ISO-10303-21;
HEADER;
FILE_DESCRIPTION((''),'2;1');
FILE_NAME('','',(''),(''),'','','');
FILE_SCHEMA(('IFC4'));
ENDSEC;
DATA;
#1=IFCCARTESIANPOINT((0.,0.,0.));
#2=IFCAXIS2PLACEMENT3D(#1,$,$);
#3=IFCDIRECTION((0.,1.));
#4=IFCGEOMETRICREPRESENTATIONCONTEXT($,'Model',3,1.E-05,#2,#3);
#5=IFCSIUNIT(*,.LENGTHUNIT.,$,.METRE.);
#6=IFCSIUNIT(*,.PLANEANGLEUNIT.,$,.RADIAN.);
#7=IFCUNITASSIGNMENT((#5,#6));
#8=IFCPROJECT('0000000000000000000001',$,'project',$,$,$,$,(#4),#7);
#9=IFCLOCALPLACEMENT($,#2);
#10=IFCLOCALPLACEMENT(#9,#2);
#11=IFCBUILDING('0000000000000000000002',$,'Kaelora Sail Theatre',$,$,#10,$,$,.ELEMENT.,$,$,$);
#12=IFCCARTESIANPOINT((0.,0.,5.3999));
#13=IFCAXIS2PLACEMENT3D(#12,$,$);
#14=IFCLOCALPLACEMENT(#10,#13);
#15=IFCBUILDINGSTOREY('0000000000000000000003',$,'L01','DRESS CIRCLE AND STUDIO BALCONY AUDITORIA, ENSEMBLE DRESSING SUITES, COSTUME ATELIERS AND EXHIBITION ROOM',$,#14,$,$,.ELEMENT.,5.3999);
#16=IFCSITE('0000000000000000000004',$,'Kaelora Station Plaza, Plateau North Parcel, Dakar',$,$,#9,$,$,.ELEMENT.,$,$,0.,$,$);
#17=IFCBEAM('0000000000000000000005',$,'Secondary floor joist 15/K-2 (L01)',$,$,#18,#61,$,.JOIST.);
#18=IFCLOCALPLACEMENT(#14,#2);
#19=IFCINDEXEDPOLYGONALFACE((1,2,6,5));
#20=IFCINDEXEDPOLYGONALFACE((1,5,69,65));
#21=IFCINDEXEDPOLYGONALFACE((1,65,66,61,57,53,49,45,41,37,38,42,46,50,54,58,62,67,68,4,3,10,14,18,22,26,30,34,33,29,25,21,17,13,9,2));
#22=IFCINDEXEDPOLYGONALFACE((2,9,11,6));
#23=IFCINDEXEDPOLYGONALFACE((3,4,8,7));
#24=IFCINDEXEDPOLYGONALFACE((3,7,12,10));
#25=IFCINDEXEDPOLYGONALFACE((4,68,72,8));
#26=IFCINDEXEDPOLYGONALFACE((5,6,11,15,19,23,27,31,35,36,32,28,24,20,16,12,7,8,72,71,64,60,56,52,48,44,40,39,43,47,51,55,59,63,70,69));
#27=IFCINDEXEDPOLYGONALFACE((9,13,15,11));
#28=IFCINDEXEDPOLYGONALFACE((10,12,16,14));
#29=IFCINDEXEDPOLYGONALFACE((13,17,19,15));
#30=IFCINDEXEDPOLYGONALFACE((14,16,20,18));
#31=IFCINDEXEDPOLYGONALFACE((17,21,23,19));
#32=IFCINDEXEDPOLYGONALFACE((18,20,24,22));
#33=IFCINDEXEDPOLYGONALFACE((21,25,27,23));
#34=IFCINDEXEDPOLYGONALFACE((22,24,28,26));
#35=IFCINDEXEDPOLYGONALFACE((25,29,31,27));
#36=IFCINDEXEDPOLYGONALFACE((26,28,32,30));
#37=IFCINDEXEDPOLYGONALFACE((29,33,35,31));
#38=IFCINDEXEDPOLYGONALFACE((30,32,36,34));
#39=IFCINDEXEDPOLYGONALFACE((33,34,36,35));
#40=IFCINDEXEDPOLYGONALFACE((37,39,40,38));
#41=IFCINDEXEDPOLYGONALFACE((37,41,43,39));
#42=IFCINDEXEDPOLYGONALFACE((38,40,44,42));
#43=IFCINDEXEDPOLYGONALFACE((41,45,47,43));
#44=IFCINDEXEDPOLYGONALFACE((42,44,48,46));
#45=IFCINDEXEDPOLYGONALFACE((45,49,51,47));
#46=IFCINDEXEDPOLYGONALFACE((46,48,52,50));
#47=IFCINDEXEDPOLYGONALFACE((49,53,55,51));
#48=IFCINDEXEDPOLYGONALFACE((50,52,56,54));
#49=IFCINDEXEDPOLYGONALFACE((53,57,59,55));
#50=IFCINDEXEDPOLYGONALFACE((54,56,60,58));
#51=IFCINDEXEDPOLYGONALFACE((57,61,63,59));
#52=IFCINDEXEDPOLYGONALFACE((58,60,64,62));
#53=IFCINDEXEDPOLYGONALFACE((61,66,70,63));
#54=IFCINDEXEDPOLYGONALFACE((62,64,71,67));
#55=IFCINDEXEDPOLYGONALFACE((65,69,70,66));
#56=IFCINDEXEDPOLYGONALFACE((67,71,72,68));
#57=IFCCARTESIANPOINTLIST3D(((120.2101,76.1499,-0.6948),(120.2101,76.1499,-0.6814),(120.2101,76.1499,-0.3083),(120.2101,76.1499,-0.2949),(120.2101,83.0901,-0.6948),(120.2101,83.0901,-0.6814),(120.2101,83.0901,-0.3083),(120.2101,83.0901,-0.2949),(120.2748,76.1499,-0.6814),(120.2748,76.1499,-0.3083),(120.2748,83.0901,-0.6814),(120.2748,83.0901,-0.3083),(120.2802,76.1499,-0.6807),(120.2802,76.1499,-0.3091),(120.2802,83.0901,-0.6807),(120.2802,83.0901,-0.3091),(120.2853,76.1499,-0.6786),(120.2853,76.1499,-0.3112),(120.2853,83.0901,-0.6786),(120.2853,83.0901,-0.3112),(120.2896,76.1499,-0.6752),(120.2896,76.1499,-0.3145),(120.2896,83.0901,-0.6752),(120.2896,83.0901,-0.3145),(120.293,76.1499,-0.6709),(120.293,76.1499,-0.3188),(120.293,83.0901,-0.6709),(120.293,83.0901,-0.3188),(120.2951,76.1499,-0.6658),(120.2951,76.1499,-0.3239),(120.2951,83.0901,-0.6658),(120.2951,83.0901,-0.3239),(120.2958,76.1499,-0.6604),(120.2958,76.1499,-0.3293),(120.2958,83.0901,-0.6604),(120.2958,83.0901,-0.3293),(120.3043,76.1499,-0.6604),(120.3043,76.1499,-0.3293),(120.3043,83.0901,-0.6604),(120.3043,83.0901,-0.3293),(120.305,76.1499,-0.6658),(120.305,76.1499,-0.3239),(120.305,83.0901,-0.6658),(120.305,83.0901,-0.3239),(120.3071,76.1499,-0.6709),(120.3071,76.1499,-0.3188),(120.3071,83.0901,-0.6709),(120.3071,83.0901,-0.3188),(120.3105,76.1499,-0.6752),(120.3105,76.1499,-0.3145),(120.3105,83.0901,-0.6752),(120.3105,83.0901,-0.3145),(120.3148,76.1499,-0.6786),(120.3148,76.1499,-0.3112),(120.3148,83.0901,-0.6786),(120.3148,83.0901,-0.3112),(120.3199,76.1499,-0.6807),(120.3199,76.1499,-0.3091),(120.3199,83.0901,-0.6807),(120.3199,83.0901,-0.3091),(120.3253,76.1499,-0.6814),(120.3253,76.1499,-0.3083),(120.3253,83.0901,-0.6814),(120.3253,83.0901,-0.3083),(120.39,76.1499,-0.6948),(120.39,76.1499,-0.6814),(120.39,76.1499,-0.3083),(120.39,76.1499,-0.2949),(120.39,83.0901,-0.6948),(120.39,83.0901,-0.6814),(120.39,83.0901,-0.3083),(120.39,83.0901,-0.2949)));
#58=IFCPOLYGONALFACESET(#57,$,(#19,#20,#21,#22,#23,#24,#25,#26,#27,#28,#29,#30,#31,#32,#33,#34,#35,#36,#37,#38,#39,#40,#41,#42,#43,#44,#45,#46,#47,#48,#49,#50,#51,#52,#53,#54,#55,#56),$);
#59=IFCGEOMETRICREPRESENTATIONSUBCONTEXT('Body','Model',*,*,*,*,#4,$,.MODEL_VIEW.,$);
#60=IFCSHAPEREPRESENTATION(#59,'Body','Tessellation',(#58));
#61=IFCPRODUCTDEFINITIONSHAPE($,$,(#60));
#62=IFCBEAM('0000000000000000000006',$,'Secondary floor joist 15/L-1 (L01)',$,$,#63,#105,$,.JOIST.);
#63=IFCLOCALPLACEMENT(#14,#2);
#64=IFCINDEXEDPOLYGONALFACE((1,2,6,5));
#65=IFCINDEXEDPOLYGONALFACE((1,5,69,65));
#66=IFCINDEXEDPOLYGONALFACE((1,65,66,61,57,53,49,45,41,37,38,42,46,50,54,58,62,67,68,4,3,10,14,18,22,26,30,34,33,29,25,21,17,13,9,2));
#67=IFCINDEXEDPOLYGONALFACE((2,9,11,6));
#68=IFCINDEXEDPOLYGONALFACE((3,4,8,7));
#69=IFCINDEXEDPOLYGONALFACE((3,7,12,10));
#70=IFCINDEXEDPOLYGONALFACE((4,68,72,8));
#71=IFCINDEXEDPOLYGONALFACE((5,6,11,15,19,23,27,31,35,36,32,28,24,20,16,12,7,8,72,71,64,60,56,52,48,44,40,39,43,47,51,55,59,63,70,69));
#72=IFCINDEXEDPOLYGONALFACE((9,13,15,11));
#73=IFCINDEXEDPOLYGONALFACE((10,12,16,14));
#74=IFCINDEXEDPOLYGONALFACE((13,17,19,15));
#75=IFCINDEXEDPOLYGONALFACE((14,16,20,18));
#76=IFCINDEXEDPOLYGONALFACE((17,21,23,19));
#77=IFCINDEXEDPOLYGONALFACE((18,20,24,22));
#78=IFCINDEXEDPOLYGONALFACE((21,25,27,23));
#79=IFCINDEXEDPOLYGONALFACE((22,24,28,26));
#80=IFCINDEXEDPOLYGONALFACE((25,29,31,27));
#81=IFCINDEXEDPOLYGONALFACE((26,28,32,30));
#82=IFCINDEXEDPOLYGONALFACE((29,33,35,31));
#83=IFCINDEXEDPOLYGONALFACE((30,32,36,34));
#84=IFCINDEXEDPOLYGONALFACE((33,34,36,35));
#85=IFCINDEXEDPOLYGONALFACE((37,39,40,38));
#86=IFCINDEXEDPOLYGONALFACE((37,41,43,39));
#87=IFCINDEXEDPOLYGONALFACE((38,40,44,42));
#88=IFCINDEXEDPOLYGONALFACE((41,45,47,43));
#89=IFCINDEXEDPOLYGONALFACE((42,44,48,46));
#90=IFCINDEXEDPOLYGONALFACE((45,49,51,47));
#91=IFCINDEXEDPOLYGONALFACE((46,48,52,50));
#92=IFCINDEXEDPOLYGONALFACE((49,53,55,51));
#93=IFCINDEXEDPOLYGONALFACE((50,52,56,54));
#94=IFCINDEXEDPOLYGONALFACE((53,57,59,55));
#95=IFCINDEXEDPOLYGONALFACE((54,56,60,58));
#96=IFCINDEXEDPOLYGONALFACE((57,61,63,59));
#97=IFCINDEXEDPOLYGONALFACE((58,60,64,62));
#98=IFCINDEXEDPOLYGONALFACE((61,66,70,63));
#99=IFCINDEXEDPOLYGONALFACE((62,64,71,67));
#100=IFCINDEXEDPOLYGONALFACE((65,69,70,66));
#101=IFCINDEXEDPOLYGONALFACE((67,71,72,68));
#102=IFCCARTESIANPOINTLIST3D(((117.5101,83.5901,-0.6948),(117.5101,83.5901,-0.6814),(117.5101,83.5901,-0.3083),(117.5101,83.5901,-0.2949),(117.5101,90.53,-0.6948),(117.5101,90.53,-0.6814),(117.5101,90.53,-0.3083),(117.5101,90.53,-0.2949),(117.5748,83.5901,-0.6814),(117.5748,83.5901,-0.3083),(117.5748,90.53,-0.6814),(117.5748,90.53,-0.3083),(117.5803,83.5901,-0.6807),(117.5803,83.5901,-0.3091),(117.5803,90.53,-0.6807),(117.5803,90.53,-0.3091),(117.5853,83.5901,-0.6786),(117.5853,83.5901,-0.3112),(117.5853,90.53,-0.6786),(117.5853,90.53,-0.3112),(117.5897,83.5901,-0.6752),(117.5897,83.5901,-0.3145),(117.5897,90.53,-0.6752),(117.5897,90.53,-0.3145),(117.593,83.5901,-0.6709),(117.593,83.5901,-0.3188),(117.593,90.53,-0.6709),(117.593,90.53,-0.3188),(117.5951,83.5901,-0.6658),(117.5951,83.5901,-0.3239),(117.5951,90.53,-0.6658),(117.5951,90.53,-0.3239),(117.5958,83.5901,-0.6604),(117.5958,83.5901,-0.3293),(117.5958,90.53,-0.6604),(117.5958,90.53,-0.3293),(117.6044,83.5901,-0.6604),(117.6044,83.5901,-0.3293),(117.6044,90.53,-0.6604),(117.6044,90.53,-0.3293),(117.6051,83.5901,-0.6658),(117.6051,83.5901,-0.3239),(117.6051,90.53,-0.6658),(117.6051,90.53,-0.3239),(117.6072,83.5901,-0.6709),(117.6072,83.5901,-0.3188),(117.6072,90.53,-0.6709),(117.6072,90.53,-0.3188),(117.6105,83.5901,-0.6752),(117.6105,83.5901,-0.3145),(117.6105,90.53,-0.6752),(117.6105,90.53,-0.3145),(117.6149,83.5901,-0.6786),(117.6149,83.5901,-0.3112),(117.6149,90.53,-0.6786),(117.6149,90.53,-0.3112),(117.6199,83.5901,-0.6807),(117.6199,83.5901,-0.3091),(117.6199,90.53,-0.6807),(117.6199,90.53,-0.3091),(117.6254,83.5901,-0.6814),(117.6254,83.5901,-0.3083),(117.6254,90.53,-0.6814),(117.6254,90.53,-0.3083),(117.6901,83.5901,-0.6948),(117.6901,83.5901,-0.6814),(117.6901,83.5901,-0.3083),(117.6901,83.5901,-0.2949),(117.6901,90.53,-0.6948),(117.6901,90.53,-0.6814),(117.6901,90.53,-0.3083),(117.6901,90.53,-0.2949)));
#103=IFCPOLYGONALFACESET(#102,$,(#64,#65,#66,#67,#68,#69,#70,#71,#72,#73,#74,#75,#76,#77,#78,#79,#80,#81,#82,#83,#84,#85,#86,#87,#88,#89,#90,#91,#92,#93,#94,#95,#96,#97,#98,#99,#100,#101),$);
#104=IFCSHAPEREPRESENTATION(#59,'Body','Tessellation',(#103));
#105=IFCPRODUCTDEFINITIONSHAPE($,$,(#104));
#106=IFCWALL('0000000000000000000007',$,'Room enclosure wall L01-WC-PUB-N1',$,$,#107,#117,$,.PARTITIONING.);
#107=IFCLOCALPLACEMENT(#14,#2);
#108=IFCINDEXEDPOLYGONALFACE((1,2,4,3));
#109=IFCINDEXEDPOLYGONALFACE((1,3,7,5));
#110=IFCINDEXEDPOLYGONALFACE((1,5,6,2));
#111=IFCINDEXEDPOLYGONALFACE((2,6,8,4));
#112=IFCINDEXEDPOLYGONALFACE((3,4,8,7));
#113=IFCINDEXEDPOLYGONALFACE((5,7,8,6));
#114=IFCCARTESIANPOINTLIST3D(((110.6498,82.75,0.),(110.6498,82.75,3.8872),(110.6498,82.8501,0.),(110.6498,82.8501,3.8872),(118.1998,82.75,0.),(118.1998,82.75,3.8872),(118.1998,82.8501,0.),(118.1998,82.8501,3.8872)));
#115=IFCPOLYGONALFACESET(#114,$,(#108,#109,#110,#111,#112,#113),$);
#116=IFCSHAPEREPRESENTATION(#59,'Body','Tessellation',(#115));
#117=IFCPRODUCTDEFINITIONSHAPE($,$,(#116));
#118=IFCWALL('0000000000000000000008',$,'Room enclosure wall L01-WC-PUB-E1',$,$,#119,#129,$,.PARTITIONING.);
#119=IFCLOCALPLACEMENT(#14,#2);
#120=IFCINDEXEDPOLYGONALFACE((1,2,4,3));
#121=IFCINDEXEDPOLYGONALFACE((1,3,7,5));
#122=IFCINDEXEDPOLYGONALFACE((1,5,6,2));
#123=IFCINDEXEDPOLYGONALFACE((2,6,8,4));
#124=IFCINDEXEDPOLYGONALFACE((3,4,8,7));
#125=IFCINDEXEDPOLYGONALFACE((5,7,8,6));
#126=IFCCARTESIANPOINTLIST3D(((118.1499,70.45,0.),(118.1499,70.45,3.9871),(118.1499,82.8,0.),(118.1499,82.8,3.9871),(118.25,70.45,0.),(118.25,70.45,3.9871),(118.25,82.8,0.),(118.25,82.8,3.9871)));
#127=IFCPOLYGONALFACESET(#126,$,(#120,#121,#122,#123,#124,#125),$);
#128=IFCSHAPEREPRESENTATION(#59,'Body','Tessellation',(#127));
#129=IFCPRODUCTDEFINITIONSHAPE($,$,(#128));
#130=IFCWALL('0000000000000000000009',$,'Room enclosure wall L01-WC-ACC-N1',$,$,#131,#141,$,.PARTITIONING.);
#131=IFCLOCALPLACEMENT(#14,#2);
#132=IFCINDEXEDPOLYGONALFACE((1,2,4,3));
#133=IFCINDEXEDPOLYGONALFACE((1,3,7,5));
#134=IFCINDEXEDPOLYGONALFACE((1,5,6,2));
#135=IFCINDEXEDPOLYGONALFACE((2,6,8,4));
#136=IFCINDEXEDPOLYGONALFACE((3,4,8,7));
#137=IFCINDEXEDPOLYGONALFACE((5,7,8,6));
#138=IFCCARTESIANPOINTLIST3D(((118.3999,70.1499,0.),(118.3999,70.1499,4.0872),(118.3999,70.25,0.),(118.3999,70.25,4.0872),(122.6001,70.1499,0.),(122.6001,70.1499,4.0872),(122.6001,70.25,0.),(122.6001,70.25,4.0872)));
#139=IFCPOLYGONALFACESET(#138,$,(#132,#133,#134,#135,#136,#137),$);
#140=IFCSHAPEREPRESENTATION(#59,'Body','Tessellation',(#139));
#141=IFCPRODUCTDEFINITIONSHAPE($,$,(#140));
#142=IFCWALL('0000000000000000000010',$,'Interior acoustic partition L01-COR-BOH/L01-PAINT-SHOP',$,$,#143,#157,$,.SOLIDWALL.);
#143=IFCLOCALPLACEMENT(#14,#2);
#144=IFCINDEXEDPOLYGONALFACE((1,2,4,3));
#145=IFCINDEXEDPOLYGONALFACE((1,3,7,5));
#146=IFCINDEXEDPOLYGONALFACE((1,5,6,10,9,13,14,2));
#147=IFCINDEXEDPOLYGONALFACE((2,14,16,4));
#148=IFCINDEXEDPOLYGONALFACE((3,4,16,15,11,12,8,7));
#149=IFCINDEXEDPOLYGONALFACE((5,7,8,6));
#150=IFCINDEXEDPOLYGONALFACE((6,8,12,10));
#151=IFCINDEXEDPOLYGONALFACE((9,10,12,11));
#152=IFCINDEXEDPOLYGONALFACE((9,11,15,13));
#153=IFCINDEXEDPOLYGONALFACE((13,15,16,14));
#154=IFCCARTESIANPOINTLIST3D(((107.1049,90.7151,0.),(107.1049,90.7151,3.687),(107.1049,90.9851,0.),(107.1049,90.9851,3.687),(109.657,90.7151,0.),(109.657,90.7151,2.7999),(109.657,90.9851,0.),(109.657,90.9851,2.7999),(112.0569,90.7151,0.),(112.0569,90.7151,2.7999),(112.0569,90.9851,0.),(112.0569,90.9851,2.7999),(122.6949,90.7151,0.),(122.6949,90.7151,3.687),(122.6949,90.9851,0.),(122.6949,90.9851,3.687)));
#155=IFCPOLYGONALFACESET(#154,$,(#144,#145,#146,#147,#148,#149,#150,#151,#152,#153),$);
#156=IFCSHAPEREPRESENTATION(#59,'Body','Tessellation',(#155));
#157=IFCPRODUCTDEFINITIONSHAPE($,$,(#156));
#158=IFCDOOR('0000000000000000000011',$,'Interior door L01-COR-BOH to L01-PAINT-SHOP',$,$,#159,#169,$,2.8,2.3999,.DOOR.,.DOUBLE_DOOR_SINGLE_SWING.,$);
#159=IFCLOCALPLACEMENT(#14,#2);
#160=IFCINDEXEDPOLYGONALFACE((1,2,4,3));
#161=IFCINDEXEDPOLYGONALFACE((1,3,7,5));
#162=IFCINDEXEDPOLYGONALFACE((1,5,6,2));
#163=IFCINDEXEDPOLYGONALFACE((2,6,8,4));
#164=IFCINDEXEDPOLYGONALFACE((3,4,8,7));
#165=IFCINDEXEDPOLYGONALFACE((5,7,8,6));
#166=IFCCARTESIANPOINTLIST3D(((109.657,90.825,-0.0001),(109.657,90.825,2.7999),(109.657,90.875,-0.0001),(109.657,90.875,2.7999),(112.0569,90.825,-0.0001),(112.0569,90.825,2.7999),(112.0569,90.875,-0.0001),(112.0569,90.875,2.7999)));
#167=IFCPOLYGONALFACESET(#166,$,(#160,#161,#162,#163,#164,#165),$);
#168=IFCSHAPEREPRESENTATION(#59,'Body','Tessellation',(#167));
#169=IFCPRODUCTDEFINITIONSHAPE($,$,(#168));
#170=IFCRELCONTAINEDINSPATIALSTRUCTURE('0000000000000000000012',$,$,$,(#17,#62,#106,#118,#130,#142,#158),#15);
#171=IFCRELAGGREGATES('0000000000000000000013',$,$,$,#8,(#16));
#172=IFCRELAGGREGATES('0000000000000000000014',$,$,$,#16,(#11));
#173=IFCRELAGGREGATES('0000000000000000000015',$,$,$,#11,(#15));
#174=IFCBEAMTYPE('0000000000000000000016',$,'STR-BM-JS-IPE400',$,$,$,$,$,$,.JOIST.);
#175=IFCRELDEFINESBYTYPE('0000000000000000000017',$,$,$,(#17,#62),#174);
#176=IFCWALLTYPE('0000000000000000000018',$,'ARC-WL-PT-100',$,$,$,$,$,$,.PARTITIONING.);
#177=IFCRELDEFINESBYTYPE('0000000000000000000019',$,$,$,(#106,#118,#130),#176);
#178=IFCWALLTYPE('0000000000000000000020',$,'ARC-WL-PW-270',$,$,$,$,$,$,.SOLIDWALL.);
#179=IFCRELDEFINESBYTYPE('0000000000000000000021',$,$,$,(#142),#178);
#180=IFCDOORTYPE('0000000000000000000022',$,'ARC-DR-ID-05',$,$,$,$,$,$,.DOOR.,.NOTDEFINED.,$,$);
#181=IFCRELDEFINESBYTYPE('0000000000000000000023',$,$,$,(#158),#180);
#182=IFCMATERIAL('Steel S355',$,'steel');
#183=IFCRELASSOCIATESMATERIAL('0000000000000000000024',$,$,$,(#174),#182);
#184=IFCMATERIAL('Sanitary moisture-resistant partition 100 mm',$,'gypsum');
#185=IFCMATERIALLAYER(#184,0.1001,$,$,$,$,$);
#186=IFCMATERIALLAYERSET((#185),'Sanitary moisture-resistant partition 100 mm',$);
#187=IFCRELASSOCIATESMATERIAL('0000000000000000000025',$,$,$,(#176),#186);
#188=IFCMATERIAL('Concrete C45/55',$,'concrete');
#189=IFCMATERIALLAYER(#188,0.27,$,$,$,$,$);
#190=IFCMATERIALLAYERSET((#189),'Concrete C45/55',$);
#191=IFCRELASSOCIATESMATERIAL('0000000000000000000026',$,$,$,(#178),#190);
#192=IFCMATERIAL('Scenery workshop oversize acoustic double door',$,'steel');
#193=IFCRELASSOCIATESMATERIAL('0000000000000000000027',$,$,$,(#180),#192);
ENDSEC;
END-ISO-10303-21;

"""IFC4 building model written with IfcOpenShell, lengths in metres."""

from ifc_helpers import new_model, si_unit, direction, frame, frame_2d, origin, origin_2d, place, context, subcontext, project, spatial, rectangle, i_section, extrude, material, layer, layer_set, material_profile, profile_set, type_object, element, fill, save


model = new_model("IFC4")

# Units and contexts
model_context = context("Model", 3, precision=1e-05, world=origin(), true_north=direction((0.0, 1.0)))
body_context = subcontext(model_context, "Body", "Model", "MODEL_VIEW")
ifc_project = project(units=[si_unit("LENGTHUNIT", "METRE"), si_unit("PLANEANGLEUNIT", "RADIAN")], contexts=[model_context])

# Site, building, storey
site_placement = place(None, origin())
site = spatial("IfcSite", under=ifc_project, at=site_placement, Name="Kaelora Station Plaza, Plateau North Parcel, Dakar", CompositionType="ELEMENT", RefElevation=0.0)
building_placement = place(site_placement, origin())
building = spatial("IfcBuilding", under=site, at=building_placement, Name="Kaelora Sail Theatre", CompositionType="ELEMENT")
storey_placement = place(building_placement, frame((0.0, 0.0, 5.3999)))
storey = spatial("IfcBuildingStorey", under=building, at=storey_placement, Name="L01", Description="DRESS CIRCLE AND STUDIO BALCONY AUDITORIA, ENSEMBLE DRESSING SUITES, COSTUME ATELIERS AND EXHIBITION ROOM", CompositionType="ELEMENT", Elevation=5.3999)

# Beams
ifc_material_1 = material(Name="Steel S355", Category="steel")
ifc_material_profile_1 = material_profile(ifc_material_1, i_section(OverallWidth=0.1799, OverallDepth=0.3999, WebThickness=0.0085, FlangeThickness=0.0134, FilletRadius=0.021, at=origin_2d()), Name="IPE 400")
ifc_profile_set_1 = profile_set([ifc_material_profile_1], Name="Steel S355")
beam_type_1 = type_object("IfcBeamType", Name="STR-BM-JS-IPE400", PredefinedType="JOIST", material=ifc_profile_set_1)
beam_1_placement = place(storey_placement, frame((120.3, 76.1499, -0.4949), z_axis=(0.0, 1.0, 0.0), x_axis=(-1.0, 0.0, 0.0)))
element("IfcBeam", 1, at=beam_1_placement, inside=storey, type_object=beam_type_1, Name="Secondary floor joist 15/K-2 (L01)", PredefinedType="JOIST", context=body_context, shape_type="SweptSolid", body=[
    extrude(i_section(OverallWidth=0.1799, OverallDepth=0.3999, WebThickness=0.0085, FlangeThickness=0.0134, FilletRadius=0.021, at=origin_2d()), origin(), (0.0, 0.0, 1.0), 6.9402),
])
beam_2_placement = place(storey_placement, frame((117.6001, 83.5901, -0.4949), z_axis=(0.0, 1.0, 0.0), x_axis=(-1.0, 0.0, 0.0)))
element("IfcBeam", 2, at=beam_2_placement, inside=storey, type_object=beam_type_1, Name="Secondary floor joist 15/L-1 (L01)", PredefinedType="JOIST", context=body_context, shape_type="SweptSolid", body=[
    extrude(i_section(OverallWidth=0.1799, OverallDepth=0.3999, WebThickness=0.0085, FlangeThickness=0.0134, FilletRadius=0.021, at=origin_2d()), origin(), (0.0, 0.0, 1.0), 6.9399),
])

# Walls
ifc_material_2 = material(Name="Sanitary moisture-resistant partition 100 mm", Category="gypsum")
ifc_layer_1 = layer(ifc_material_2, 0.1001)
ifc_layer_set_1 = layer_set([ifc_layer_1], Name="Sanitary moisture-resistant partition 100 mm")
wall_type_1 = type_object("IfcWallType", Name="ARC-WL-PT-100", PredefinedType="PARTITIONING", material=ifc_layer_set_1)
wall_1_placement = place(storey_placement, frame((110.6499, 82.8, 0.0), z_axis=(0.0, 0.0, 1.0), x_axis=(1.0, 0.0, 0.0)))
element("IfcWall", 3, at=wall_1_placement, inside=storey, type_object=wall_type_1, Name="Room enclosure wall L01-WC-PUB-N1", PredefinedType="PARTITIONING", context=body_context, shape_type="SweptSolid", body=[
    extrude(rectangle(XDim=7.55, YDim=0.1001, at=frame_2d((3.7749, 0.0))), origin(), (0.0, 0.0, 1.0), 3.8872),
])
wall_2_placement = place(storey_placement, frame((118.2, 70.45, 0.0), z_axis=(0.0, 0.0, 1.0), x_axis=(0.0, 1.0, 0.0)))
element("IfcWall", 4, at=wall_2_placement, inside=storey, type_object=wall_type_1, Name="Room enclosure wall L01-WC-PUB-E1", PredefinedType="PARTITIONING", context=body_context, shape_type="SweptSolid", body=[
    extrude(rectangle(XDim=12.3501, YDim=0.1001, at=frame_2d((6.175, 0.0))), origin(), (0.0, 0.0, 1.0), 3.9871),
])
wall_3_placement = place(storey_placement, frame((118.3999, 70.2, 0.0), z_axis=(0.0, 0.0, 1.0), x_axis=(1.0, 0.0, 0.0)))
element("IfcWall", 5, at=wall_3_placement, inside=storey, type_object=wall_type_1, Name="Room enclosure wall L01-WC-ACC-N1", PredefinedType="PARTITIONING", context=body_context, shape_type="SweptSolid", body=[
    extrude(rectangle(XDim=4.2002, YDim=0.1001, at=frame_2d((2.1001, 0.0))), origin(), (0.0, 0.0, 1.0), 4.0872),
])

# Wall, opening, door
ifc_material_3 = material(Name="Concrete C45/55", Category="concrete")
ifc_layer_2 = layer(ifc_material_3, 0.27)
ifc_layer_set_2 = layer_set([ifc_layer_2], Name="Concrete C45/55")
wall_type_2 = type_object("IfcWallType", Name="ARC-WL-PW-270", PredefinedType="SOLIDWALL", material=ifc_layer_set_2)
wall_4_placement = place(storey_placement, frame((107.105, 90.8501, 0.0), z_axis=(0.0, 0.0, 1.0), x_axis=(1.0, 0.0, 0.0)))
wall_4 = element("IfcWall", 6, at=wall_4_placement, inside=storey, type_object=wall_type_2, Name="Interior acoustic partition L01-COR-BOH/L01-PAINT-SHOP", PredefinedType="SOLIDWALL", context=body_context, shape_type="SweptSolid", body=[
    extrude(rectangle(XDim=15.5901, YDim=0.27, at=frame_2d((7.7949, 0.0))), origin(), (0.0, 0.0, 1.0), 3.687),
])
opening_placement = place(wall_4_placement, frame((2.552, 0.0, 0.0)))
opening = element("IfcOpeningElement", 7, at=opening_placement, cuts=wall_4, PredefinedType="OPENING", context=body_context, shape_type="SweptSolid", body=[
    extrude(rectangle(XDim=2.3999, YDim=2.8, at=frame_2d((1.2, 1.3999))), frame((0.0, 0.145, 0.0), z_axis=(0.0, -1.0, 0.0), x_axis=(1.0, 0.0, 0.0)), (0.0, 0.0, 1.0), 0.29),
])
ifc_material_4 = material(Name="Scenery workshop oversize acoustic double door", Category="steel")
door_type = type_object("IfcDoorType", Name="ARC-DR-ID-05", OperationType="NOTDEFINED", PredefinedType="DOOR", material=ifc_material_4)
door_placement = place(opening_placement, origin())
door = element("IfcDoor", 8, at=door_placement, inside=storey, type_object=door_type, Name="Interior door L01-COR-BOH to L01-PAINT-SHOP", OperationType="DOUBLE_DOOR_SINGLE_SWING", OverallHeight=2.8, OverallWidth=2.3999, PredefinedType="DOOR", context=body_context, shape_type="SweptSolid", body=[
    extrude(rectangle(XDim=2.3999, YDim=2.8, at=frame_2d((1.2, 1.3999))), frame((0.0, 0.0249, 0.0), z_axis=(0.0, -1.0, 0.0), x_axis=(1.0, 0.0, 0.0)), (0.0, 0.0, 1.0), 0.05),
])
fill(opening, door)

save(model, "model.ifc")
